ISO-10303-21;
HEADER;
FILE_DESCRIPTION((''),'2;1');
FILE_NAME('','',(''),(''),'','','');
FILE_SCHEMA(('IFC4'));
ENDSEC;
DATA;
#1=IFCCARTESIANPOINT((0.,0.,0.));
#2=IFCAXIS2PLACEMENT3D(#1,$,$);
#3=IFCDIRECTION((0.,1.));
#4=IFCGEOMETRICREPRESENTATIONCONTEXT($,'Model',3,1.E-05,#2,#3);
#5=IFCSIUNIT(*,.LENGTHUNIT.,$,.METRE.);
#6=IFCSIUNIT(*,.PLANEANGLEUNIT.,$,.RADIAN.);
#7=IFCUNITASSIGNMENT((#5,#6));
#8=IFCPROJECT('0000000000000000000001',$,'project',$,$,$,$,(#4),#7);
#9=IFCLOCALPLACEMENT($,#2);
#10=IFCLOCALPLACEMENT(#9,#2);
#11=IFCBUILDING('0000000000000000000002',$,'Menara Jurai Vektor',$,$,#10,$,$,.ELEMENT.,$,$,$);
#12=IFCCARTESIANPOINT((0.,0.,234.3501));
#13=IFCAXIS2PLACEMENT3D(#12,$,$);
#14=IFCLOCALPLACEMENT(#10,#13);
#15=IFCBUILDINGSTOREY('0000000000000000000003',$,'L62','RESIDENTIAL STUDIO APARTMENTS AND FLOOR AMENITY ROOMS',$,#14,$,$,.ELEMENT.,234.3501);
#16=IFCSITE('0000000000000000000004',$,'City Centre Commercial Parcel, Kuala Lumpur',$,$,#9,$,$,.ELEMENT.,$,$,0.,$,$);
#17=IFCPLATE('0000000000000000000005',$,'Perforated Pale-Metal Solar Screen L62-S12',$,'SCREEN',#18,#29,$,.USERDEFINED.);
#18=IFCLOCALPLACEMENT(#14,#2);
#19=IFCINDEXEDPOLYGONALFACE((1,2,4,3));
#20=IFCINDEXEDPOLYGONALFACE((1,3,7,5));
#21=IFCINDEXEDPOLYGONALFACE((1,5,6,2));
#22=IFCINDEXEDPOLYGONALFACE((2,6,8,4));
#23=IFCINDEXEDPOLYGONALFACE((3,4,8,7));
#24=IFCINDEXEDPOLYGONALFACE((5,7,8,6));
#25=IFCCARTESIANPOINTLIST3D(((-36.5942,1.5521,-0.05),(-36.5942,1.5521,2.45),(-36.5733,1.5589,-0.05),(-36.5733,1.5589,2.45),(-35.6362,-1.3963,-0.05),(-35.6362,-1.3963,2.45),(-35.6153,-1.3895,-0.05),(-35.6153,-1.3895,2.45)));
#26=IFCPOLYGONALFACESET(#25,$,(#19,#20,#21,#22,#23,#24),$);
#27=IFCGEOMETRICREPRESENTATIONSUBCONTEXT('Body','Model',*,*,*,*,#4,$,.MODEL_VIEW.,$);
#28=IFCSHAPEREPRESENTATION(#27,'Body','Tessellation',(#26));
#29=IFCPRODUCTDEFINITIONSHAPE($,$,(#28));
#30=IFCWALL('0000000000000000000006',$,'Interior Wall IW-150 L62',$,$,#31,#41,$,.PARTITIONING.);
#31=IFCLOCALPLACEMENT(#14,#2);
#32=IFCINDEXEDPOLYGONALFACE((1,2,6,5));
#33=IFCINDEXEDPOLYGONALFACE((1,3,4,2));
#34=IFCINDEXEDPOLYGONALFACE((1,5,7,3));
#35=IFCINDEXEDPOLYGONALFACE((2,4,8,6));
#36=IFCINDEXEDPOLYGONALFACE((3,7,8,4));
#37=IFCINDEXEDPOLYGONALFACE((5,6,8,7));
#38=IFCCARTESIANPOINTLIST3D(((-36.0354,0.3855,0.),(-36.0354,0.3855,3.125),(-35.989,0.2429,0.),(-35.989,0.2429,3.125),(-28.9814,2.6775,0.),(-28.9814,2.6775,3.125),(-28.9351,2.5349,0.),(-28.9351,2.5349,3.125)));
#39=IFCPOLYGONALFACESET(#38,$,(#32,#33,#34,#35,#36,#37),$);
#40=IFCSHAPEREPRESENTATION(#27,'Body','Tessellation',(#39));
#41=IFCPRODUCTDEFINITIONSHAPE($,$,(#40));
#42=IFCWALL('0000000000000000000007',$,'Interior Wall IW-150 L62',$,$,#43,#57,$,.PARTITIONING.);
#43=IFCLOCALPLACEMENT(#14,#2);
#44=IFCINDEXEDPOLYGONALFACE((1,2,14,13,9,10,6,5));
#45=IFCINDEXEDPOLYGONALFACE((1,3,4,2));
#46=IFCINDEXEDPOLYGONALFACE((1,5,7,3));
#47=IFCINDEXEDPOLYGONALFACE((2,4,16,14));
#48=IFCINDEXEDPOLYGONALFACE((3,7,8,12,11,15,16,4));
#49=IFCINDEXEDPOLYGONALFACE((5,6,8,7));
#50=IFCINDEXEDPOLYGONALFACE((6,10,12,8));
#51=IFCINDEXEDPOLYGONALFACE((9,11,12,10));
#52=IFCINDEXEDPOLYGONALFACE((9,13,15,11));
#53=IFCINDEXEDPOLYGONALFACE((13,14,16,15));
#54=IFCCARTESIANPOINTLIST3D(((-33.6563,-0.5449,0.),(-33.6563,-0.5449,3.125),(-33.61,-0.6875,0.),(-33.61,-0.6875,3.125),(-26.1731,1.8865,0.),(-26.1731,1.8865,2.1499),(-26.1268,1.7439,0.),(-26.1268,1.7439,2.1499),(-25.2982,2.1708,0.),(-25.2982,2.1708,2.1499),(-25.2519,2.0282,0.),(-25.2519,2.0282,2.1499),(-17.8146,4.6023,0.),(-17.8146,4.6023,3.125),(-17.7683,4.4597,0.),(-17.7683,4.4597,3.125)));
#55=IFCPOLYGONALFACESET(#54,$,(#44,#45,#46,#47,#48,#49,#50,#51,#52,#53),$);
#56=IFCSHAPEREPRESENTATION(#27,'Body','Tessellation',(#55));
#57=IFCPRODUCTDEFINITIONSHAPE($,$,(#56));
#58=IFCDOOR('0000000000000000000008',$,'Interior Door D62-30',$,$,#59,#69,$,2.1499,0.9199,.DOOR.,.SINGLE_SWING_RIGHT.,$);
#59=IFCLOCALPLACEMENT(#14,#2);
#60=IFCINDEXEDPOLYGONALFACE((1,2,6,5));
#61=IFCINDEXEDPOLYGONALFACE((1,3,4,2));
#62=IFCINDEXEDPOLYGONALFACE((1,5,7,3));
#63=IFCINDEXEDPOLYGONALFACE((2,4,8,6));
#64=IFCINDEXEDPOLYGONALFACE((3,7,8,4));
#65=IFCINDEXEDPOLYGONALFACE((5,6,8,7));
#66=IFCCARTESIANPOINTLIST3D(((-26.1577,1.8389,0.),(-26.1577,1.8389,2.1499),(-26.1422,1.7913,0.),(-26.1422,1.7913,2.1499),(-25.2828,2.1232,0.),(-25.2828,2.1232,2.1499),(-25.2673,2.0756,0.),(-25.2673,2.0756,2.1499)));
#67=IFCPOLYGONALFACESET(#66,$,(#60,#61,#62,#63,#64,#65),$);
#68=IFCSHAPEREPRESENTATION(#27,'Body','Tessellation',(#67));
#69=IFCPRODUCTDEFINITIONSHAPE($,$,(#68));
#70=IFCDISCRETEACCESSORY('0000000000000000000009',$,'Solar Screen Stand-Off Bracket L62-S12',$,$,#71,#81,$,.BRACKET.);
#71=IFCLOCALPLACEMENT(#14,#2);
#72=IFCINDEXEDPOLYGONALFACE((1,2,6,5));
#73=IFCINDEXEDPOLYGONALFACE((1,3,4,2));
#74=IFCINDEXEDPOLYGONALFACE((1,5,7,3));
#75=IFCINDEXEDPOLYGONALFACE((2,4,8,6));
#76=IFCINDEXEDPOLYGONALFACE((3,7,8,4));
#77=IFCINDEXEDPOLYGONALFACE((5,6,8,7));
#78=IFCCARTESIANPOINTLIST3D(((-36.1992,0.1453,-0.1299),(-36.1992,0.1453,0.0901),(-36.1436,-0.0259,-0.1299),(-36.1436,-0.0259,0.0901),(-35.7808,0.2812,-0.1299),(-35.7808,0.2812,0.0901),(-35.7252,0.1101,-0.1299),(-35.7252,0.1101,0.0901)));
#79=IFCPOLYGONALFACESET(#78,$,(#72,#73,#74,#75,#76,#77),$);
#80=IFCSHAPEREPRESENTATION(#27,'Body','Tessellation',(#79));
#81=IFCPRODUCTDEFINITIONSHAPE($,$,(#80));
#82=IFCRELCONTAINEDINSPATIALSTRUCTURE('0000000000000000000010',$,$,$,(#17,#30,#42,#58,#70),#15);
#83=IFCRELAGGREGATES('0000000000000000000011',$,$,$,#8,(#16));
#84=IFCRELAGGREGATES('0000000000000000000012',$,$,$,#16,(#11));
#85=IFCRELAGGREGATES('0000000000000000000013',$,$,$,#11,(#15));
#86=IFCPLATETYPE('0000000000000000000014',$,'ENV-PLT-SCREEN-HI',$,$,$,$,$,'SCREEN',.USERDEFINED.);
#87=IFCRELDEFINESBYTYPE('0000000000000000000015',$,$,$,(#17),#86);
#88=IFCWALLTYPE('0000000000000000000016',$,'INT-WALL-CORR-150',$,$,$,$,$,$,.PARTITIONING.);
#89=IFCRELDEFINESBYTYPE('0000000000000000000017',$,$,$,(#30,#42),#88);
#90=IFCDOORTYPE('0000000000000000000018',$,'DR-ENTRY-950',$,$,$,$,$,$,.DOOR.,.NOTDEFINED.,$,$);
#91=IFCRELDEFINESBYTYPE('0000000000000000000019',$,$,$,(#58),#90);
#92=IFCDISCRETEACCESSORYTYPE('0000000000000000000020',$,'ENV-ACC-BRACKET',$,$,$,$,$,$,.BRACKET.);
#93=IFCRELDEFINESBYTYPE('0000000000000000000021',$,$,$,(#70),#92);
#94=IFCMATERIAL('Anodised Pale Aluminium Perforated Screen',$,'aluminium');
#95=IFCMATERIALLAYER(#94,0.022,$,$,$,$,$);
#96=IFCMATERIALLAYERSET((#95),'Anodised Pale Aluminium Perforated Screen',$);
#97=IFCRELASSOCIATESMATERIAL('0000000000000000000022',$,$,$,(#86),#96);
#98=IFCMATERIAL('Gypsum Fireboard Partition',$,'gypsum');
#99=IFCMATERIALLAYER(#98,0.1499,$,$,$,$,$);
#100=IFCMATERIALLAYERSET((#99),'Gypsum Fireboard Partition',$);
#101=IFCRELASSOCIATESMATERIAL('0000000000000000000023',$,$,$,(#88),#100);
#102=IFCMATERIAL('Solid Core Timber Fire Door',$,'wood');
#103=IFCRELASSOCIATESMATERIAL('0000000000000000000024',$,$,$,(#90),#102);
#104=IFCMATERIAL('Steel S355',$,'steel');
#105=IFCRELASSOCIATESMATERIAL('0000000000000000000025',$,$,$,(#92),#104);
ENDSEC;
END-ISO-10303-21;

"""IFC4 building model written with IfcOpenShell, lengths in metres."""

from ifc_helpers import new_model, si_unit, direction, frame, frame_2d, origin, origin_2d, place, context, subcontext, project, spatial, rectangle, extrude, material, layer, layer_set, type_object, element, fill, save


model = new_model("IFC4")

# Units and contexts
model_context = context("Model", 3, precision=1e-05, world=origin(), true_north=direction((0.0, 1.0)))
body_context = subcontext(model_context, "Body", "Model", "MODEL_VIEW")
ifc_project = project(units=[si_unit("LENGTHUNIT", "METRE"), si_unit("PLANEANGLEUNIT", "RADIAN")], contexts=[model_context])

# Site, building, storey
site_placement = place(None, origin())
site = spatial("IfcSite", under=ifc_project, at=site_placement, Name="City Centre Commercial Parcel, Kuala Lumpur", CompositionType="ELEMENT", RefElevation=0.0)
building_placement = place(site_placement, origin())
building = spatial("IfcBuilding", under=site, at=building_placement, Name="Menara Jurai Vektor", CompositionType="ELEMENT")
storey_placement = place(building_placement, frame((0.0, 0.0, 234.3501)))
storey = spatial("IfcBuildingStorey", under=building, at=storey_placement, Name="L62", Description="RESIDENTIAL STUDIO APARTMENTS AND FLOOR AMENITY ROOMS", CompositionType="ELEMENT", Elevation=234.3501)

# Shared definitions
ifc_material_1 = material(Name="Steel S355", Category="steel")

# Plate
ifc_material_2 = material(Name="Anodised Pale Aluminium Perforated Screen", Category="aluminium")
ifc_layer_1 = layer(ifc_material_2, 0.022)
ifc_layer_set_1 = layer_set([ifc_layer_1], Name="Anodised Pale Aluminium Perforated Screen")
plate_type_1 = type_object("IfcPlateType", Name="ENV-PLT-SCREEN-HI", ElementType="SCREEN", PredefinedType="USERDEFINED", material=ifc_layer_set_1)
plate_1_placement = place(storey_placement, frame((-36.1047, 0.0813, -0.05), z_axis=(0.0, 0.0, 1.0), x_axis=(0.309017, -0.951057, 0.0)))
element("IfcPlate", 1, at=plate_1_placement, inside=storey, type_object=plate_type_1, Name="Perforated Pale-Metal Solar Screen L62-S12", ObjectType="SCREEN", PredefinedType="USERDEFINED", context=body_context, shape_type="SweptSolid", body=[
    extrude(rectangle(XDim=3.1001, YDim=0.022, at=origin_2d()), origin(), (0.0, 0.0, 1.0), 2.5),
])

# Wall
ifc_material_3 = material(Name="Gypsum Fireboard Partition", Category="gypsum")
ifc_layer_2 = layer(ifc_material_3, 0.1499)
ifc_layer_set_2 = layer_set([ifc_layer_2], Name="Gypsum Fireboard Partition")
wall_type = type_object("IfcWallType", Name="INT-WALL-CORR-150", PredefinedType="PARTITIONING", material=ifc_layer_set_2)
wall_1_placement = place(storey_placement, frame((-36.0122, 0.3142, 0.0), z_axis=(0.0, 0.0, 1.0), x_axis=(0.951056, 0.30902, 0.0)))
element("IfcWall", 2, at=wall_1_placement, inside=storey, type_object=wall_type, Name="Interior Wall IW-150 L62", PredefinedType="PARTITIONING", context=body_context, shape_type="SweptSolid", body=[
    extrude(rectangle(XDim=7.417, YDim=0.1499, at=frame_2d((3.7085, 0.0))), origin(), (0.0, 0.0, 1.0), 3.125),
])

# Wall, opening, door
wall_2_placement = place(storey_placement, frame((-33.6333, -0.6162, 0.0), z_axis=(0.0, 0.0, 1.0), x_axis=(0.951058, 0.309012, 0.0)))
wall_2 = element("IfcWall", 3, at=wall_2_placement, inside=storey, type_object=wall_type, Name="Interior Wall IW-150 L62", PredefinedType="PARTITIONING", context=body_context, shape_type="SweptSolid", body=[
    extrude(rectangle(XDim=16.657, YDim=0.1499, at=frame_2d((8.3286, 0.0))), origin(), (0.0, 0.0, 1.0), 3.125),
])
opening_placement = place(wall_2_placement, frame((7.8684, 0.0, 0.0)))
opening = element("IfcOpeningElement", 4, at=opening_placement, cuts=wall_2, PredefinedType="OPENING", context=body_context, shape_type="SweptSolid", body=[
    extrude(rectangle(XDim=0.9199, YDim=2.1499, at=frame_2d((0.46, 1.075))), frame((0.0, 0.085, 0.0), z_axis=(0.0, -1.0, 0.0), x_axis=(1.0, 0.0, 0.0)), (0.0, 0.0, 1.0), 0.1699),
])
ifc_material_4 = material(Name="Solid Core Timber Fire Door", Category="wood")
door_type = type_object("IfcDoorType", Name="DR-ENTRY-950", OperationType="NOTDEFINED", PredefinedType="DOOR", material=ifc_material_4)
door_placement = place(opening_placement, origin())
door = element("IfcDoor", 5, at=door_placement, inside=storey, type_object=door_type, Name="Interior Door D62-30", OperationType="SINGLE_SWING_RIGHT", OverallHeight=2.1499, OverallWidth=0.9199, PredefinedType="DOOR", context=body_context, shape_type="SweptSolid", body=[
    extrude(rectangle(XDim=0.9199, YDim=2.1499, at=frame_2d((0.46, 1.075))), frame((0.0, 0.0249, 0.0), z_axis=(0.0, -1.0, 0.0), x_axis=(1.0, 0.0, 0.0)), (0.0, 0.0, 1.0), 0.05),
])
fill(opening, door)

# Discrete accessory
discrete_accessory_type = type_object("IfcDiscreteAccessoryType", Name="ENV-ACC-BRACKET", PredefinedType="BRACKET", material=ifc_material_1)
discrete_accessory_placement = place(storey_placement, frame((-35.9622, 0.1277, -0.1299), z_axis=(0.0, 0.0, 1.0), x_axis=(0.309017, -0.951057, 0.0)))
element("IfcDiscreteAccessory", 6, at=discrete_accessory_placement, inside=storey, type_object=discrete_accessory_type, Name="Solar Screen Stand-Off Bracket L62-S12", PredefinedType="BRACKET", context=body_context, shape_type="SweptSolid", body=[
    extrude(rectangle(XDim=0.1799, YDim=0.4399, at=origin_2d()), origin(), (0.0, 0.0, 1.0), 0.22),
])

save(model, "model.ifc")
